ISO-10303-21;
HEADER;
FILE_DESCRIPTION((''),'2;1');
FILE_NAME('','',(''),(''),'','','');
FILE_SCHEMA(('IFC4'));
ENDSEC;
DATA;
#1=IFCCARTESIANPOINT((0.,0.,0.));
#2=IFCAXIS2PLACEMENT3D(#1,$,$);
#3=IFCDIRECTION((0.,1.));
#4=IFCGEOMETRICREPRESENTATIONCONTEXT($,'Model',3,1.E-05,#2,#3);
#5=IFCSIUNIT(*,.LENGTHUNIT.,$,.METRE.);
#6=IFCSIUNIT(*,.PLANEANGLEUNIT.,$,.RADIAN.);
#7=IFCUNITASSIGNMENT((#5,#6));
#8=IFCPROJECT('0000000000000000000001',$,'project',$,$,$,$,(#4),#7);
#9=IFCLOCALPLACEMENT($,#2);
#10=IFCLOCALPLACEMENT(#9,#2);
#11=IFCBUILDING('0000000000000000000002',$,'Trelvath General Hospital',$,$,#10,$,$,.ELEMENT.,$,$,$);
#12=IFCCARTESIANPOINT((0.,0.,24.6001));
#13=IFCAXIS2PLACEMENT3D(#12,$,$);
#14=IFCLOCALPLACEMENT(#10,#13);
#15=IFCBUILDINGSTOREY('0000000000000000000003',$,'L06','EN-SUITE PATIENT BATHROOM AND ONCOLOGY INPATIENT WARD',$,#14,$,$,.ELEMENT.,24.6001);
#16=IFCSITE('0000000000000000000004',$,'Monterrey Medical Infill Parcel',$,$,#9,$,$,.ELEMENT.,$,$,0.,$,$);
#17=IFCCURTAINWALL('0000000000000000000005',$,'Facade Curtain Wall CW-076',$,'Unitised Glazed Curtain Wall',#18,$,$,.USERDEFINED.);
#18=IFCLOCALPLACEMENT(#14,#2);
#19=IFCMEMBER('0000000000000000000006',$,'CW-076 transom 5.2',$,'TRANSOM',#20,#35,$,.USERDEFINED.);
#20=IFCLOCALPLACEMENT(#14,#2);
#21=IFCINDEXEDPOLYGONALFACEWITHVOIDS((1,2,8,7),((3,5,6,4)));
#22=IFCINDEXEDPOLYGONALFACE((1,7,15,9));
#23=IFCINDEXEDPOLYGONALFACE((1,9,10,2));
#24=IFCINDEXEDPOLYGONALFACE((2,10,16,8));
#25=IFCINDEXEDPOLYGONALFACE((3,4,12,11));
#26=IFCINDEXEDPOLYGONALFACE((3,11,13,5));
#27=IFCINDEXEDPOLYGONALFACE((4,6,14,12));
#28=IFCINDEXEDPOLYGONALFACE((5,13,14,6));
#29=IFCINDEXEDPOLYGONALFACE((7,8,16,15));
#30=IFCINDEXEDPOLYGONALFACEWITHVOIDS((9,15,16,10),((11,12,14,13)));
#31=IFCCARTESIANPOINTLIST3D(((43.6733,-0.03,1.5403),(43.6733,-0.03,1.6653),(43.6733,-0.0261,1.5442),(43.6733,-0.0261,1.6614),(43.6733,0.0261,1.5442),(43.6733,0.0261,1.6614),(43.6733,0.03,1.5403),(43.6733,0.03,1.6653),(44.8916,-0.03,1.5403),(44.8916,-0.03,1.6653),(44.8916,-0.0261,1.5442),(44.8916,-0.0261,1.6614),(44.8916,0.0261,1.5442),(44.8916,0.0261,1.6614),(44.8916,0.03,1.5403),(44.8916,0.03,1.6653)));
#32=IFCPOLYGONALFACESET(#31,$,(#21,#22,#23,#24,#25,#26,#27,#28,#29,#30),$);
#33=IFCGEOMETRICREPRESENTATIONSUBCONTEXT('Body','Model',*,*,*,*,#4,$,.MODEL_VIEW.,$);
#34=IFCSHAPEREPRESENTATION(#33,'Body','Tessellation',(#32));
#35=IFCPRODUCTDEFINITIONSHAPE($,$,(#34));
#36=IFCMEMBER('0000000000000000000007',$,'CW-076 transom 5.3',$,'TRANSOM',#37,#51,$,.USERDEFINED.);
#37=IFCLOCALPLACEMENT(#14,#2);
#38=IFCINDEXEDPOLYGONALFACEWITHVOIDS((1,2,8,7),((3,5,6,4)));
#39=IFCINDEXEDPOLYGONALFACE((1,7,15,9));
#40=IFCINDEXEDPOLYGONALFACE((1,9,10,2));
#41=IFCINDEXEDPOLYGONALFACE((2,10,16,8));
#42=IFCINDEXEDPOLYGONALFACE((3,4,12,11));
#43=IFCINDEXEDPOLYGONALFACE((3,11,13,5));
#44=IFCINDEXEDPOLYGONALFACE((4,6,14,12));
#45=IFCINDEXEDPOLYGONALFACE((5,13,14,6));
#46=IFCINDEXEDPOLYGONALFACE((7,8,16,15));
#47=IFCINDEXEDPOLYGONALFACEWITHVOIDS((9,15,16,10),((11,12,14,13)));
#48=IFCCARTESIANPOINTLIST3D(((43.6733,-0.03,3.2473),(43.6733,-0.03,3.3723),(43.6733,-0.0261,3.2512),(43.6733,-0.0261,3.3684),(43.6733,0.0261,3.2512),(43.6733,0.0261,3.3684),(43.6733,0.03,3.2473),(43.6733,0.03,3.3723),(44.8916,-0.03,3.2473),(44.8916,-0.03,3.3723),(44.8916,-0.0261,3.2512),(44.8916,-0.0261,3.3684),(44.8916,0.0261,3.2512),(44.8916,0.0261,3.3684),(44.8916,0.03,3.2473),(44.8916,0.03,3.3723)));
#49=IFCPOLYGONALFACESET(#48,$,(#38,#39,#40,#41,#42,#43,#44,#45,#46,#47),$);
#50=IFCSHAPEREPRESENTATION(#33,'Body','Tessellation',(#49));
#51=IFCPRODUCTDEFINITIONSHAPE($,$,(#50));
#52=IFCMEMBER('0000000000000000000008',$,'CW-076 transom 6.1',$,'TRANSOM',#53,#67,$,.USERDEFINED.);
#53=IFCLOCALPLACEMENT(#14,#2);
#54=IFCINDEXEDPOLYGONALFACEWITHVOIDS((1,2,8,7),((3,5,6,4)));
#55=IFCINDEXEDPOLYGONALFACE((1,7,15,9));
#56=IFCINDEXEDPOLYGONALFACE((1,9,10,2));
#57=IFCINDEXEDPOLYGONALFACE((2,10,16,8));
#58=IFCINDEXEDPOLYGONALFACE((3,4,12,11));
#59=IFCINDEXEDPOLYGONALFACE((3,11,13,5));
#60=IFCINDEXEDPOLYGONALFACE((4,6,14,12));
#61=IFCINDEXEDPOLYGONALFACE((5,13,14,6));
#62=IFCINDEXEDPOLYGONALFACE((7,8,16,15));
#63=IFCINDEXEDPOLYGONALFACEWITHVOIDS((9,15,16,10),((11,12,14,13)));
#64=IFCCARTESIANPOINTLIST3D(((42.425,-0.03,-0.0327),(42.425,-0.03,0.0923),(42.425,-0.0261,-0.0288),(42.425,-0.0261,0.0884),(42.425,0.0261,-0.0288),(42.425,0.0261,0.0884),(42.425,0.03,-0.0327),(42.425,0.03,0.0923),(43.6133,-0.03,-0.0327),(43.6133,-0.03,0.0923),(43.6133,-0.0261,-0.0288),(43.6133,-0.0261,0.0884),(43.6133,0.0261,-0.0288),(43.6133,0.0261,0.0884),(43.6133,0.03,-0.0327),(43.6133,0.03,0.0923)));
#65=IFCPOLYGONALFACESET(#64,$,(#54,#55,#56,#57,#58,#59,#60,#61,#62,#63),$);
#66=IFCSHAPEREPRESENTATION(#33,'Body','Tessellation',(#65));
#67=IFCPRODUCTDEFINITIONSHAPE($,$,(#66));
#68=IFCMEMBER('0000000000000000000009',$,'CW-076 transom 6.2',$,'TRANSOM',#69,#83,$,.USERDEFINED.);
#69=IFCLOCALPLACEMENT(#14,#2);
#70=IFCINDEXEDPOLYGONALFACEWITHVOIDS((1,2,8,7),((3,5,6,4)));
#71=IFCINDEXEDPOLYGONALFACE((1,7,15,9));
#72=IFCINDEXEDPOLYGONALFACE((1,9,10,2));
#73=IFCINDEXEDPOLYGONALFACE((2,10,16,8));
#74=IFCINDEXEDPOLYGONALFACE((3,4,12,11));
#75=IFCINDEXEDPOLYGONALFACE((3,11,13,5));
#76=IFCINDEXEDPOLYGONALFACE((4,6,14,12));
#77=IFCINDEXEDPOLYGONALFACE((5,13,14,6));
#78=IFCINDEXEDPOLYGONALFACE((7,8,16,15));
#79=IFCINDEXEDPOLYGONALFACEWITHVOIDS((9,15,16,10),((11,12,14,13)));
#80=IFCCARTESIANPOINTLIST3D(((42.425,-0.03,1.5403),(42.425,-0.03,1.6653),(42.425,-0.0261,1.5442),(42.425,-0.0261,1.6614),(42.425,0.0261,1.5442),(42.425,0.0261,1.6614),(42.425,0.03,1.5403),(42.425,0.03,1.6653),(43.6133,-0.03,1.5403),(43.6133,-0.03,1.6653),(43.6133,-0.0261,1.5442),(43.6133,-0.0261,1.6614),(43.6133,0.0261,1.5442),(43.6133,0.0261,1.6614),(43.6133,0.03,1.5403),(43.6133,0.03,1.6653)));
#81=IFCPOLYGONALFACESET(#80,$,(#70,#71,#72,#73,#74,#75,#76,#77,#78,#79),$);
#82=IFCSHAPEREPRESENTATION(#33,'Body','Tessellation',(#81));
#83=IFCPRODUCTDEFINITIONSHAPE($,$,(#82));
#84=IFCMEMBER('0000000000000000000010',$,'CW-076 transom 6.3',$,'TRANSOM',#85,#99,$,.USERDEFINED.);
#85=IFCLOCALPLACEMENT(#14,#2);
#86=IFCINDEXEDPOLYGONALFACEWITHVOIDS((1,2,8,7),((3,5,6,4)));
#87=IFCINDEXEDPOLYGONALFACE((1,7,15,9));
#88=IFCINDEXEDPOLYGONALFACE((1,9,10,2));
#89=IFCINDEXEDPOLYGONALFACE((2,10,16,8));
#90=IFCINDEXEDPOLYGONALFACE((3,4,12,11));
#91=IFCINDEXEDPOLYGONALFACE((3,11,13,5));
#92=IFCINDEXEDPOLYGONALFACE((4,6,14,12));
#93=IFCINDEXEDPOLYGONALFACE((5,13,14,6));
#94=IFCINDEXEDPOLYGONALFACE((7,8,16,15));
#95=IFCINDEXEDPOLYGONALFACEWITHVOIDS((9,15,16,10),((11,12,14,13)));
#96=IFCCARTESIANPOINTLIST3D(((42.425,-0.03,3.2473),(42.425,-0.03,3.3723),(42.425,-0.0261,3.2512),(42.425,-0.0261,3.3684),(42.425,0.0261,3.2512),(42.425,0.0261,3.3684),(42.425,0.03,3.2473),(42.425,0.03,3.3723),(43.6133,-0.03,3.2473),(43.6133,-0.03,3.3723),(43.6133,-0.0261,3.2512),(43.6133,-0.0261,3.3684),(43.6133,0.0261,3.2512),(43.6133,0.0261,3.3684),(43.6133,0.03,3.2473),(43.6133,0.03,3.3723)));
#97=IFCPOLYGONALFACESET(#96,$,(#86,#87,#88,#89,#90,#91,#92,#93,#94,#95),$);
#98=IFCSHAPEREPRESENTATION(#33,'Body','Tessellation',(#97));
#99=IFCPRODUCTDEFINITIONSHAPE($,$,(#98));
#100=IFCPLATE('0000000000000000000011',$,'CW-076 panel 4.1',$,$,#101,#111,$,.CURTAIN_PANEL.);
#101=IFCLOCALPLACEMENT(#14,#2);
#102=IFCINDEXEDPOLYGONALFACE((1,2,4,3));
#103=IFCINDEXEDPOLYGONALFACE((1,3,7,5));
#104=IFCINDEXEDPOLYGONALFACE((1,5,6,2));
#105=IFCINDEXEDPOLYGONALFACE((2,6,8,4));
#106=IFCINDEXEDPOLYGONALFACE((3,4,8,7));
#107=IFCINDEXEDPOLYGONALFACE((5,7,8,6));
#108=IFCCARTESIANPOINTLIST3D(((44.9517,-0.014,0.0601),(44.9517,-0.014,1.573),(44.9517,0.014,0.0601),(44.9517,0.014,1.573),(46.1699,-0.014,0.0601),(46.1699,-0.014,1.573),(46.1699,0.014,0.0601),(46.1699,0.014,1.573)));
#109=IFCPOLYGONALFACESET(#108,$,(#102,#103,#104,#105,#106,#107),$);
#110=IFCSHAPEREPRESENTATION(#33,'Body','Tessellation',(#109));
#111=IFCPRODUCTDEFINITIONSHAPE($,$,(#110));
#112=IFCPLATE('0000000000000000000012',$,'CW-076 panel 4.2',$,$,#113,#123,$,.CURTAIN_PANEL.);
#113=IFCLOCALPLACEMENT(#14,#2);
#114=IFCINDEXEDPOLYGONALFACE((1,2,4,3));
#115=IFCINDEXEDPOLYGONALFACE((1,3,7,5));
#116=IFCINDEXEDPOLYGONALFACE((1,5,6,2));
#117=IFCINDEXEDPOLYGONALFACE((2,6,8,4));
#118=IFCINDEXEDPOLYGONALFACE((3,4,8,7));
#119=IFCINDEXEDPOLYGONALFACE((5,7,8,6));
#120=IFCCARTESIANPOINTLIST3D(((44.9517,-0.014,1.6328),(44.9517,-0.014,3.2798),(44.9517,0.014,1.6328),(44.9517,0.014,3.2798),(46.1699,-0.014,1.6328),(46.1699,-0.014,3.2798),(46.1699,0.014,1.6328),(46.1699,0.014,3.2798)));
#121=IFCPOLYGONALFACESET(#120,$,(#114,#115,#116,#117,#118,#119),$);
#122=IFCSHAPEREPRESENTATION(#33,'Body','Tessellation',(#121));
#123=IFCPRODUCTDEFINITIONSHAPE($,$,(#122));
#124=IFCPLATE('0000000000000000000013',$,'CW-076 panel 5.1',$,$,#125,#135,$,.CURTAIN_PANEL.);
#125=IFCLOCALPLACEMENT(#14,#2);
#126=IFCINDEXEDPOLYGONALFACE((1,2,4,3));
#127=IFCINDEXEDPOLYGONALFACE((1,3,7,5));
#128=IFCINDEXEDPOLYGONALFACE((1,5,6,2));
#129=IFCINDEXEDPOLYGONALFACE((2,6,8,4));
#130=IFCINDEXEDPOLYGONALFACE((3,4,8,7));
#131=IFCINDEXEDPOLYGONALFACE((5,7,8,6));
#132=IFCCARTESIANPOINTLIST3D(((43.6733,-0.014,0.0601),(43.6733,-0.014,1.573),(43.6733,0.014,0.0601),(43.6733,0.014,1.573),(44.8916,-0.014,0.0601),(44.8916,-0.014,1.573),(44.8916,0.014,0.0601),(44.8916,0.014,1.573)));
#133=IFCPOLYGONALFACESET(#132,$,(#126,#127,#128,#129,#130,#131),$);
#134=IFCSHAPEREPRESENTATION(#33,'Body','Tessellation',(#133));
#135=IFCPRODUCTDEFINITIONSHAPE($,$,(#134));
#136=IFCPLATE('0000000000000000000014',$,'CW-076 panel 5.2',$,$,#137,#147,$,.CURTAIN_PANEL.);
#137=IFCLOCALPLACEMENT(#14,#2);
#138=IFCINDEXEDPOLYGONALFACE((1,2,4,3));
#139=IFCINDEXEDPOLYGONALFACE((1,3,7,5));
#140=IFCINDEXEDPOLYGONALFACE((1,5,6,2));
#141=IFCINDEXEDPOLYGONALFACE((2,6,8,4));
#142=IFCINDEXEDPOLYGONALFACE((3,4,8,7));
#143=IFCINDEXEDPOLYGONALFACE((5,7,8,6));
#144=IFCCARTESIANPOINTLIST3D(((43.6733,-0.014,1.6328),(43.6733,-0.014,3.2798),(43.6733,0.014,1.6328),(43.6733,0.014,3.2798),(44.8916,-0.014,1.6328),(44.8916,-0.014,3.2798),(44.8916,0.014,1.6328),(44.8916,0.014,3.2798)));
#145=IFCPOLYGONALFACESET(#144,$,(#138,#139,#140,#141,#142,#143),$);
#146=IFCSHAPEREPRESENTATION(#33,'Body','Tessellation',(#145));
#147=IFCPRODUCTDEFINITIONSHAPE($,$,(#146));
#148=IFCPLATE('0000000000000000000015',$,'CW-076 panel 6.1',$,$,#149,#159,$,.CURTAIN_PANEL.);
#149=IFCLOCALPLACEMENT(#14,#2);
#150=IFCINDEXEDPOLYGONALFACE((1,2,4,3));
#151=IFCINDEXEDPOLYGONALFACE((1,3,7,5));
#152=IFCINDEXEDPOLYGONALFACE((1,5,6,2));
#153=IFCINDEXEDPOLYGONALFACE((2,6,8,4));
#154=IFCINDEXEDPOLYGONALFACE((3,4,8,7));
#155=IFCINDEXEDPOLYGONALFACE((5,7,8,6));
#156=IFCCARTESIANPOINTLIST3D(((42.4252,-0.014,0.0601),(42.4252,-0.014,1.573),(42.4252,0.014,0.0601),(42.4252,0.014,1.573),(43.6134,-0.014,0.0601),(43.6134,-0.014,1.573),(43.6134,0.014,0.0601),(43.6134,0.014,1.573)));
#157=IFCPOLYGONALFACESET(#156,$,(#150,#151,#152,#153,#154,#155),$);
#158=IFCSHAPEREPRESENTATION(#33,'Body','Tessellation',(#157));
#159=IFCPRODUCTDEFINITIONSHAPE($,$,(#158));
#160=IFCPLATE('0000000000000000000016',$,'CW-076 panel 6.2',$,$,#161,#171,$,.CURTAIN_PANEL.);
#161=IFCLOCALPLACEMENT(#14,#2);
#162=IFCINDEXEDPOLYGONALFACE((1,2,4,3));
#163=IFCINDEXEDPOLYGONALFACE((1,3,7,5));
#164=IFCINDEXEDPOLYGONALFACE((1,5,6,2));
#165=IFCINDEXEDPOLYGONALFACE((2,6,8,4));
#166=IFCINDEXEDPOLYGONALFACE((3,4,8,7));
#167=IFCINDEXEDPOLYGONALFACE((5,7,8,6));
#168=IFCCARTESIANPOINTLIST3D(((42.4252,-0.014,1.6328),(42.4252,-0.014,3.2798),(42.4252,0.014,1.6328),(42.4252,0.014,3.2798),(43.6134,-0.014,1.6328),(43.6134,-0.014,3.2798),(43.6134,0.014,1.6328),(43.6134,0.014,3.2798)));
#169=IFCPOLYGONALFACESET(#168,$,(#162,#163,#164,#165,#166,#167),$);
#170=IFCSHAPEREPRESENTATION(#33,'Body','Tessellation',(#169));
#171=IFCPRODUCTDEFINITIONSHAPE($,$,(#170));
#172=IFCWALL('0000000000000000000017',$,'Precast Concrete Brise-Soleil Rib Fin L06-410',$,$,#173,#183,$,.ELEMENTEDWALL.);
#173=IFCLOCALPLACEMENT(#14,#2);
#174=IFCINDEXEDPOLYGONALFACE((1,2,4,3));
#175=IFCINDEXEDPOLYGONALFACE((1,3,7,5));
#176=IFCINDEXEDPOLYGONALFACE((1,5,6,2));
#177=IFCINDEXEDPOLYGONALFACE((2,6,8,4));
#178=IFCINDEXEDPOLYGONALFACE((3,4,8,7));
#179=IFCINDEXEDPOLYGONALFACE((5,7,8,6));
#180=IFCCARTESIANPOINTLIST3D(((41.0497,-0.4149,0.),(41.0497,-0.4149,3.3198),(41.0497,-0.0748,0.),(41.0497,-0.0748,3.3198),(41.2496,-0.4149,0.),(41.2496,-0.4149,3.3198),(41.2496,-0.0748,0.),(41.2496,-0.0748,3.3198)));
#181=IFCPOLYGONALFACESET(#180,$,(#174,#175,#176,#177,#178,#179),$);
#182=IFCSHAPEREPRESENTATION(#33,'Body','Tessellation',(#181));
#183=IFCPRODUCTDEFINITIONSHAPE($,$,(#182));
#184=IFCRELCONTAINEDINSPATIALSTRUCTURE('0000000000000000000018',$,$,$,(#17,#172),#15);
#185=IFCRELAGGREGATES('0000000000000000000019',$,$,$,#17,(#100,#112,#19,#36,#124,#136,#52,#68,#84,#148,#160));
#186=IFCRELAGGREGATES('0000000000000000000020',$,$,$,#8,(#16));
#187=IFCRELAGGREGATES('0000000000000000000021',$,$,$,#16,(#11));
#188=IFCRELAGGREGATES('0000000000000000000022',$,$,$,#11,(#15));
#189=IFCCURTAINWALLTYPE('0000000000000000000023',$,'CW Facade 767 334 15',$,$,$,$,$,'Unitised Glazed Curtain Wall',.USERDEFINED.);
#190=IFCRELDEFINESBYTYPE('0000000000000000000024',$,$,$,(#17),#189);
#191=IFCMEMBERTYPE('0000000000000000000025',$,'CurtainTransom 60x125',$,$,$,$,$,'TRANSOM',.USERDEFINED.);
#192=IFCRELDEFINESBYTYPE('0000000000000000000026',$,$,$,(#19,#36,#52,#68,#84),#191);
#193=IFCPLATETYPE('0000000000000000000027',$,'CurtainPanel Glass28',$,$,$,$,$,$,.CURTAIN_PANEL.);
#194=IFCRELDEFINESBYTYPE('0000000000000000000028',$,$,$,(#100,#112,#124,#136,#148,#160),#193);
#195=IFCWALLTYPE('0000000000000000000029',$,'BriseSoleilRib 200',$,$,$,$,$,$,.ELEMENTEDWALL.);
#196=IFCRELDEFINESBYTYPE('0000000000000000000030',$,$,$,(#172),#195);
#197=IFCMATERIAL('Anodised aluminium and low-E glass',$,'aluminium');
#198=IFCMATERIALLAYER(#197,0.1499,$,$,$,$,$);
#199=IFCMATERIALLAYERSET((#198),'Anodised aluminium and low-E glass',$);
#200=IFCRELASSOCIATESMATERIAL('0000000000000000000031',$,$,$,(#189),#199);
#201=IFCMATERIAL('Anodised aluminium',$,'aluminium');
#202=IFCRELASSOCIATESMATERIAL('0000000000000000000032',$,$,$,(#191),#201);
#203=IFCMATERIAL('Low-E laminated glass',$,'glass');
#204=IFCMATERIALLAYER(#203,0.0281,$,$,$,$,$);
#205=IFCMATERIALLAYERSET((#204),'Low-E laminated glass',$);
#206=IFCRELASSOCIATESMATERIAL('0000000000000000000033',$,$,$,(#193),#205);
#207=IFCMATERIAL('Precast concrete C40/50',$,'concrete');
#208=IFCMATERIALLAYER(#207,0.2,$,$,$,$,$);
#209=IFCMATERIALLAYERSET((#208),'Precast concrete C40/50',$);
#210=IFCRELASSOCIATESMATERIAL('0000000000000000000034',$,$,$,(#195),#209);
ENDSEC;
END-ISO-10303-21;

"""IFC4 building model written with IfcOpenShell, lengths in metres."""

from ifc_helpers import new_model, si_unit, direction, frame, frame_2d, origin, origin_2d, place, context, subcontext, project, spatial, rectangle, hollow_rectangle, extrude, material, layer, layer_set, material_profile, profile_set, type_object, element, aggregate, save


model = new_model("IFC4")

# Units and contexts
model_context = context("Model", 3, precision=1e-05, world=origin(), true_north=direction((0.0, 1.0)))
body_context = subcontext(model_context, "Body", "Model", "MODEL_VIEW")
ifc_project = project(units=[si_unit("LENGTHUNIT", "METRE"), si_unit("PLANEANGLEUNIT", "RADIAN")], contexts=[model_context])

# Site, building, storey
site_placement = place(None, origin())
site = spatial("IfcSite", under=ifc_project, at=site_placement, Name="Monterrey Medical Infill Parcel", CompositionType="ELEMENT", RefElevation=0.0)
building_placement = place(site_placement, origin())
building = spatial("IfcBuilding", under=site, at=building_placement, Name="Trelvath General Hospital", CompositionType="ELEMENT")
storey_placement = place(building_placement, frame((0.0, 0.0, 24.6001)))
storey = spatial("IfcBuildingStorey", under=building, at=storey_placement, Name="L06", Description="EN-SUITE PATIENT BATHROOM AND ONCOLOGY INPATIENT WARD", CompositionType="ELEMENT", Elevation=24.6001)

# Curtain wall, members, plates
ifc_material_1 = material(Name="Anodised aluminium and low-E glass", Category="aluminium")
ifc_layer_1 = layer(ifc_material_1, 0.1499)
ifc_layer_set_1 = layer_set([ifc_layer_1], Name="Anodised aluminium and low-E glass")
curtain_wall_type = type_object("IfcCurtainWallType", Name="CW Facade 767 334 15", ElementType="Unitised Glazed Curtain Wall", PredefinedType="USERDEFINED", material=ifc_layer_set_1)
curtain_wall_placement = place(storey_placement, origin())
curtain_wall = element("IfcCurtainWall", 1, at=curtain_wall_placement, inside=storey, type_object=curtain_wall_type, Name="Facade Curtain Wall CW-076", ObjectType="Unitised Glazed Curtain Wall", PredefinedType="USERDEFINED")
ifc_material_2 = material(Name="Anodised aluminium", Category="aluminium")
ifc_material_profile_1 = material_profile(ifc_material_2, hollow_rectangle(XDim=0.0601, YDim=0.125, WallThickness=0.0039, at=origin_2d()), Name="RHS60x125x4")
ifc_profile_set_1 = profile_set([ifc_material_profile_1], Name="Anodised aluminium")
member_type_1 = type_object("IfcMemberType", Name="CurtainTransom 60x125", ElementType="TRANSOM", PredefinedType="USERDEFINED", material=ifc_profile_set_1)
member_1_placement = place(storey_placement, frame((44.8916, 0.0, 1.6028), z_axis=(-1.0, 0.0, 0.0), x_axis=(0.0, -1.0, 0.0)))
member_1 = element("IfcMember", 2, at=member_1_placement, type_object=member_type_1, Name="CW-076 transom 5.2", ObjectType="TRANSOM", PredefinedType="USERDEFINED", context=body_context, shape_type="SweptSolid", body=[
    extrude(hollow_rectangle(XDim=0.0601, YDim=0.125, WallThickness=0.0039, at=origin_2d()), origin(), (0.0, 0.0, 1.0), 1.2183),
])
member_2_placement = place(storey_placement, frame((44.8916, 0.0, 3.3098), z_axis=(-1.0, 0.0, 0.0), x_axis=(0.0, -1.0, 0.0)))
member_2 = element("IfcMember", 3, at=member_2_placement, type_object=member_type_1, Name="CW-076 transom 5.3", ObjectType="TRANSOM", PredefinedType="USERDEFINED", context=body_context, shape_type="SweptSolid", body=[
    extrude(hollow_rectangle(XDim=0.0601, YDim=0.125, WallThickness=0.0039, at=origin_2d()), origin(), (0.0, 0.0, 1.0), 1.2183),
])
member_3_placement = place(storey_placement, frame((43.6133, 0.0, 0.0298), z_axis=(-1.0, 0.0, 0.0), x_axis=(0.0, -1.0, 0.0)))
member_3 = element("IfcMember", 4, at=member_3_placement, type_object=member_type_1, Name="CW-076 transom 6.1", ObjectType="TRANSOM", PredefinedType="USERDEFINED", context=body_context, shape_type="SweptSolid", body=[
    extrude(hollow_rectangle(XDim=0.0601, YDim=0.125, WallThickness=0.0039, at=origin_2d()), origin(), (0.0, 0.0, 1.0), 1.1882),
])
member_4_placement = place(storey_placement, frame((43.6133, 0.0, 1.6028), z_axis=(-1.0, 0.0, 0.0), x_axis=(0.0, -1.0, 0.0)))
member_4 = element("IfcMember", 5, at=member_4_placement, type_object=member_type_1, Name="CW-076 transom 6.2", ObjectType="TRANSOM", PredefinedType="USERDEFINED", context=body_context, shape_type="SweptSolid", body=[
    extrude(hollow_rectangle(XDim=0.0601, YDim=0.125, WallThickness=0.0039, at=origin_2d()), origin(), (0.0, 0.0, 1.0), 1.1882),
])
member_5_placement = place(storey_placement, frame((43.6133, 0.0, 3.3098), z_axis=(-1.0, 0.0, 0.0), x_axis=(0.0, -1.0, 0.0)))
member_5 = element("IfcMember", 6, at=member_5_placement, type_object=member_type_1, Name="CW-076 transom 6.3", ObjectType="TRANSOM", PredefinedType="USERDEFINED", context=body_context, shape_type="SweptSolid", body=[
    extrude(hollow_rectangle(XDim=0.0601, YDim=0.125, WallThickness=0.0039, at=origin_2d()), origin(), (0.0, 0.0, 1.0), 1.1882),
])
ifc_material_3 = material(Name="Low-E laminated glass", Category="glass")
ifc_layer_2 = layer(ifc_material_3, 0.0281)
ifc_layer_set_2 = layer_set([ifc_layer_2], Name="Low-E laminated glass")
plate_type = type_object("IfcPlateType", Name="CurtainPanel Glass28", PredefinedType="CURTAIN_PANEL", material=ifc_layer_set_2)
plate_1_placement = place(storey_placement, frame((45.5608, 0.0, 0.0601), z_axis=(0.0, 0.0, 1.0), x_axis=(-1.0, 0.0, 0.0)))
plate_1 = element("IfcPlate", 7, at=plate_1_placement, type_object=plate_type, Name="CW-076 panel 4.1", PredefinedType="CURTAIN_PANEL", context=body_context, shape_type="SweptSolid", body=[
    extrude(rectangle(XDim=1.2183, YDim=0.0281, at=origin_2d()), origin(), (0.0, 0.0, 1.0), 1.5129),
])
plate_2_placement = place(storey_placement, frame((45.5608, 0.0, 1.6328), z_axis=(0.0, 0.0, 1.0), x_axis=(-1.0, 0.0, 0.0)))
plate_2 = element("IfcPlate", 8, at=plate_2_placement, type_object=plate_type, Name="CW-076 panel 4.2", PredefinedType="CURTAIN_PANEL", context=body_context, shape_type="SweptSolid", body=[
    extrude(rectangle(XDim=1.2183, YDim=0.0281, at=origin_2d()), origin(), (0.0, 0.0, 1.0), 1.647),
])
plate_3_placement = place(storey_placement, frame((44.2825, 0.0, 0.0601), z_axis=(0.0, 0.0, 1.0), x_axis=(-1.0, 0.0, 0.0)))
plate_3 = element("IfcPlate", 9, at=plate_3_placement, type_object=plate_type, Name="CW-076 panel 5.1", PredefinedType="CURTAIN_PANEL", context=body_context, shape_type="SweptSolid", body=[
    extrude(rectangle(XDim=1.2183, YDim=0.0281, at=origin_2d()), origin(), (0.0, 0.0, 1.0), 1.5129),
])
plate_4_placement = place(storey_placement, frame((44.2825, 0.0, 1.6328), z_axis=(0.0, 0.0, 1.0), x_axis=(-1.0, 0.0, 0.0)))
plate_4 = element("IfcPlate", 10, at=plate_4_placement, type_object=plate_type, Name="CW-076 panel 5.2", PredefinedType="CURTAIN_PANEL", context=body_context, shape_type="SweptSolid", body=[
    extrude(rectangle(XDim=1.2183, YDim=0.0281, at=origin_2d()), origin(), (0.0, 0.0, 1.0), 1.647),
])
plate_5_placement = place(storey_placement, frame((43.0193, 0.0, 0.0601), z_axis=(0.0, 0.0, 1.0), x_axis=(-1.0, 0.0, 0.0)))
plate_5 = element("IfcPlate", 11, at=plate_5_placement, type_object=plate_type, Name="CW-076 panel 6.1", PredefinedType="CURTAIN_PANEL", context=body_context, shape_type="SweptSolid", body=[
    extrude(rectangle(XDim=1.1882, YDim=0.0281, at=origin_2d()), origin(), (0.0, 0.0, 1.0), 1.5129),
])
plate_6_placement = place(storey_placement, frame((43.0193, 0.0, 1.6328), z_axis=(0.0, 0.0, 1.0), x_axis=(-1.0, 0.0, 0.0)))
plate_6 = element("IfcPlate", 12, at=plate_6_placement, type_object=plate_type, Name="CW-076 panel 6.2", PredefinedType="CURTAIN_PANEL", context=body_context, shape_type="SweptSolid", body=[
    extrude(rectangle(XDim=1.1882, YDim=0.0281, at=origin_2d()), origin(), (0.0, 0.0, 1.0), 1.647),
])
aggregate(curtain_wall, [plate_1, plate_2, member_1, member_2, plate_3, plate_4, member_3, member_4, member_5, plate_5, plate_6])

# Wall
ifc_material_4 = material(Name="Precast concrete C40/50", Category="concrete")
ifc_layer_3 = layer(ifc_material_4, 0.2)
ifc_layer_set_3 = layer_set([ifc_layer_3], Name="Precast concrete C40/50")
wall_type_1 = type_object("IfcWallType", Name="BriseSoleilRib 200", PredefinedType="ELEMENTEDWALL", material=ifc_layer_set_3)
wall_1_placement = place(storey_placement, frame((41.1497, -0.075, 0.0), z_axis=(0.0, 0.0, 1.0), x_axis=(0.0, -1.0, 0.0)))
element("IfcWall", 13, at=wall_1_placement, inside=storey, type_object=wall_type_1, Name="Precast Concrete Brise-Soleil Rib Fin L06-410", PredefinedType="ELEMENTEDWALL", context=body_context, shape_type="SweptSolid", body=[
    extrude(rectangle(XDim=0.3401, YDim=0.2, at=frame_2d((0.1699, 0.0))), origin(), (0.0, 0.0, 1.0), 3.3198),
])

save(model, "model.ifc")
